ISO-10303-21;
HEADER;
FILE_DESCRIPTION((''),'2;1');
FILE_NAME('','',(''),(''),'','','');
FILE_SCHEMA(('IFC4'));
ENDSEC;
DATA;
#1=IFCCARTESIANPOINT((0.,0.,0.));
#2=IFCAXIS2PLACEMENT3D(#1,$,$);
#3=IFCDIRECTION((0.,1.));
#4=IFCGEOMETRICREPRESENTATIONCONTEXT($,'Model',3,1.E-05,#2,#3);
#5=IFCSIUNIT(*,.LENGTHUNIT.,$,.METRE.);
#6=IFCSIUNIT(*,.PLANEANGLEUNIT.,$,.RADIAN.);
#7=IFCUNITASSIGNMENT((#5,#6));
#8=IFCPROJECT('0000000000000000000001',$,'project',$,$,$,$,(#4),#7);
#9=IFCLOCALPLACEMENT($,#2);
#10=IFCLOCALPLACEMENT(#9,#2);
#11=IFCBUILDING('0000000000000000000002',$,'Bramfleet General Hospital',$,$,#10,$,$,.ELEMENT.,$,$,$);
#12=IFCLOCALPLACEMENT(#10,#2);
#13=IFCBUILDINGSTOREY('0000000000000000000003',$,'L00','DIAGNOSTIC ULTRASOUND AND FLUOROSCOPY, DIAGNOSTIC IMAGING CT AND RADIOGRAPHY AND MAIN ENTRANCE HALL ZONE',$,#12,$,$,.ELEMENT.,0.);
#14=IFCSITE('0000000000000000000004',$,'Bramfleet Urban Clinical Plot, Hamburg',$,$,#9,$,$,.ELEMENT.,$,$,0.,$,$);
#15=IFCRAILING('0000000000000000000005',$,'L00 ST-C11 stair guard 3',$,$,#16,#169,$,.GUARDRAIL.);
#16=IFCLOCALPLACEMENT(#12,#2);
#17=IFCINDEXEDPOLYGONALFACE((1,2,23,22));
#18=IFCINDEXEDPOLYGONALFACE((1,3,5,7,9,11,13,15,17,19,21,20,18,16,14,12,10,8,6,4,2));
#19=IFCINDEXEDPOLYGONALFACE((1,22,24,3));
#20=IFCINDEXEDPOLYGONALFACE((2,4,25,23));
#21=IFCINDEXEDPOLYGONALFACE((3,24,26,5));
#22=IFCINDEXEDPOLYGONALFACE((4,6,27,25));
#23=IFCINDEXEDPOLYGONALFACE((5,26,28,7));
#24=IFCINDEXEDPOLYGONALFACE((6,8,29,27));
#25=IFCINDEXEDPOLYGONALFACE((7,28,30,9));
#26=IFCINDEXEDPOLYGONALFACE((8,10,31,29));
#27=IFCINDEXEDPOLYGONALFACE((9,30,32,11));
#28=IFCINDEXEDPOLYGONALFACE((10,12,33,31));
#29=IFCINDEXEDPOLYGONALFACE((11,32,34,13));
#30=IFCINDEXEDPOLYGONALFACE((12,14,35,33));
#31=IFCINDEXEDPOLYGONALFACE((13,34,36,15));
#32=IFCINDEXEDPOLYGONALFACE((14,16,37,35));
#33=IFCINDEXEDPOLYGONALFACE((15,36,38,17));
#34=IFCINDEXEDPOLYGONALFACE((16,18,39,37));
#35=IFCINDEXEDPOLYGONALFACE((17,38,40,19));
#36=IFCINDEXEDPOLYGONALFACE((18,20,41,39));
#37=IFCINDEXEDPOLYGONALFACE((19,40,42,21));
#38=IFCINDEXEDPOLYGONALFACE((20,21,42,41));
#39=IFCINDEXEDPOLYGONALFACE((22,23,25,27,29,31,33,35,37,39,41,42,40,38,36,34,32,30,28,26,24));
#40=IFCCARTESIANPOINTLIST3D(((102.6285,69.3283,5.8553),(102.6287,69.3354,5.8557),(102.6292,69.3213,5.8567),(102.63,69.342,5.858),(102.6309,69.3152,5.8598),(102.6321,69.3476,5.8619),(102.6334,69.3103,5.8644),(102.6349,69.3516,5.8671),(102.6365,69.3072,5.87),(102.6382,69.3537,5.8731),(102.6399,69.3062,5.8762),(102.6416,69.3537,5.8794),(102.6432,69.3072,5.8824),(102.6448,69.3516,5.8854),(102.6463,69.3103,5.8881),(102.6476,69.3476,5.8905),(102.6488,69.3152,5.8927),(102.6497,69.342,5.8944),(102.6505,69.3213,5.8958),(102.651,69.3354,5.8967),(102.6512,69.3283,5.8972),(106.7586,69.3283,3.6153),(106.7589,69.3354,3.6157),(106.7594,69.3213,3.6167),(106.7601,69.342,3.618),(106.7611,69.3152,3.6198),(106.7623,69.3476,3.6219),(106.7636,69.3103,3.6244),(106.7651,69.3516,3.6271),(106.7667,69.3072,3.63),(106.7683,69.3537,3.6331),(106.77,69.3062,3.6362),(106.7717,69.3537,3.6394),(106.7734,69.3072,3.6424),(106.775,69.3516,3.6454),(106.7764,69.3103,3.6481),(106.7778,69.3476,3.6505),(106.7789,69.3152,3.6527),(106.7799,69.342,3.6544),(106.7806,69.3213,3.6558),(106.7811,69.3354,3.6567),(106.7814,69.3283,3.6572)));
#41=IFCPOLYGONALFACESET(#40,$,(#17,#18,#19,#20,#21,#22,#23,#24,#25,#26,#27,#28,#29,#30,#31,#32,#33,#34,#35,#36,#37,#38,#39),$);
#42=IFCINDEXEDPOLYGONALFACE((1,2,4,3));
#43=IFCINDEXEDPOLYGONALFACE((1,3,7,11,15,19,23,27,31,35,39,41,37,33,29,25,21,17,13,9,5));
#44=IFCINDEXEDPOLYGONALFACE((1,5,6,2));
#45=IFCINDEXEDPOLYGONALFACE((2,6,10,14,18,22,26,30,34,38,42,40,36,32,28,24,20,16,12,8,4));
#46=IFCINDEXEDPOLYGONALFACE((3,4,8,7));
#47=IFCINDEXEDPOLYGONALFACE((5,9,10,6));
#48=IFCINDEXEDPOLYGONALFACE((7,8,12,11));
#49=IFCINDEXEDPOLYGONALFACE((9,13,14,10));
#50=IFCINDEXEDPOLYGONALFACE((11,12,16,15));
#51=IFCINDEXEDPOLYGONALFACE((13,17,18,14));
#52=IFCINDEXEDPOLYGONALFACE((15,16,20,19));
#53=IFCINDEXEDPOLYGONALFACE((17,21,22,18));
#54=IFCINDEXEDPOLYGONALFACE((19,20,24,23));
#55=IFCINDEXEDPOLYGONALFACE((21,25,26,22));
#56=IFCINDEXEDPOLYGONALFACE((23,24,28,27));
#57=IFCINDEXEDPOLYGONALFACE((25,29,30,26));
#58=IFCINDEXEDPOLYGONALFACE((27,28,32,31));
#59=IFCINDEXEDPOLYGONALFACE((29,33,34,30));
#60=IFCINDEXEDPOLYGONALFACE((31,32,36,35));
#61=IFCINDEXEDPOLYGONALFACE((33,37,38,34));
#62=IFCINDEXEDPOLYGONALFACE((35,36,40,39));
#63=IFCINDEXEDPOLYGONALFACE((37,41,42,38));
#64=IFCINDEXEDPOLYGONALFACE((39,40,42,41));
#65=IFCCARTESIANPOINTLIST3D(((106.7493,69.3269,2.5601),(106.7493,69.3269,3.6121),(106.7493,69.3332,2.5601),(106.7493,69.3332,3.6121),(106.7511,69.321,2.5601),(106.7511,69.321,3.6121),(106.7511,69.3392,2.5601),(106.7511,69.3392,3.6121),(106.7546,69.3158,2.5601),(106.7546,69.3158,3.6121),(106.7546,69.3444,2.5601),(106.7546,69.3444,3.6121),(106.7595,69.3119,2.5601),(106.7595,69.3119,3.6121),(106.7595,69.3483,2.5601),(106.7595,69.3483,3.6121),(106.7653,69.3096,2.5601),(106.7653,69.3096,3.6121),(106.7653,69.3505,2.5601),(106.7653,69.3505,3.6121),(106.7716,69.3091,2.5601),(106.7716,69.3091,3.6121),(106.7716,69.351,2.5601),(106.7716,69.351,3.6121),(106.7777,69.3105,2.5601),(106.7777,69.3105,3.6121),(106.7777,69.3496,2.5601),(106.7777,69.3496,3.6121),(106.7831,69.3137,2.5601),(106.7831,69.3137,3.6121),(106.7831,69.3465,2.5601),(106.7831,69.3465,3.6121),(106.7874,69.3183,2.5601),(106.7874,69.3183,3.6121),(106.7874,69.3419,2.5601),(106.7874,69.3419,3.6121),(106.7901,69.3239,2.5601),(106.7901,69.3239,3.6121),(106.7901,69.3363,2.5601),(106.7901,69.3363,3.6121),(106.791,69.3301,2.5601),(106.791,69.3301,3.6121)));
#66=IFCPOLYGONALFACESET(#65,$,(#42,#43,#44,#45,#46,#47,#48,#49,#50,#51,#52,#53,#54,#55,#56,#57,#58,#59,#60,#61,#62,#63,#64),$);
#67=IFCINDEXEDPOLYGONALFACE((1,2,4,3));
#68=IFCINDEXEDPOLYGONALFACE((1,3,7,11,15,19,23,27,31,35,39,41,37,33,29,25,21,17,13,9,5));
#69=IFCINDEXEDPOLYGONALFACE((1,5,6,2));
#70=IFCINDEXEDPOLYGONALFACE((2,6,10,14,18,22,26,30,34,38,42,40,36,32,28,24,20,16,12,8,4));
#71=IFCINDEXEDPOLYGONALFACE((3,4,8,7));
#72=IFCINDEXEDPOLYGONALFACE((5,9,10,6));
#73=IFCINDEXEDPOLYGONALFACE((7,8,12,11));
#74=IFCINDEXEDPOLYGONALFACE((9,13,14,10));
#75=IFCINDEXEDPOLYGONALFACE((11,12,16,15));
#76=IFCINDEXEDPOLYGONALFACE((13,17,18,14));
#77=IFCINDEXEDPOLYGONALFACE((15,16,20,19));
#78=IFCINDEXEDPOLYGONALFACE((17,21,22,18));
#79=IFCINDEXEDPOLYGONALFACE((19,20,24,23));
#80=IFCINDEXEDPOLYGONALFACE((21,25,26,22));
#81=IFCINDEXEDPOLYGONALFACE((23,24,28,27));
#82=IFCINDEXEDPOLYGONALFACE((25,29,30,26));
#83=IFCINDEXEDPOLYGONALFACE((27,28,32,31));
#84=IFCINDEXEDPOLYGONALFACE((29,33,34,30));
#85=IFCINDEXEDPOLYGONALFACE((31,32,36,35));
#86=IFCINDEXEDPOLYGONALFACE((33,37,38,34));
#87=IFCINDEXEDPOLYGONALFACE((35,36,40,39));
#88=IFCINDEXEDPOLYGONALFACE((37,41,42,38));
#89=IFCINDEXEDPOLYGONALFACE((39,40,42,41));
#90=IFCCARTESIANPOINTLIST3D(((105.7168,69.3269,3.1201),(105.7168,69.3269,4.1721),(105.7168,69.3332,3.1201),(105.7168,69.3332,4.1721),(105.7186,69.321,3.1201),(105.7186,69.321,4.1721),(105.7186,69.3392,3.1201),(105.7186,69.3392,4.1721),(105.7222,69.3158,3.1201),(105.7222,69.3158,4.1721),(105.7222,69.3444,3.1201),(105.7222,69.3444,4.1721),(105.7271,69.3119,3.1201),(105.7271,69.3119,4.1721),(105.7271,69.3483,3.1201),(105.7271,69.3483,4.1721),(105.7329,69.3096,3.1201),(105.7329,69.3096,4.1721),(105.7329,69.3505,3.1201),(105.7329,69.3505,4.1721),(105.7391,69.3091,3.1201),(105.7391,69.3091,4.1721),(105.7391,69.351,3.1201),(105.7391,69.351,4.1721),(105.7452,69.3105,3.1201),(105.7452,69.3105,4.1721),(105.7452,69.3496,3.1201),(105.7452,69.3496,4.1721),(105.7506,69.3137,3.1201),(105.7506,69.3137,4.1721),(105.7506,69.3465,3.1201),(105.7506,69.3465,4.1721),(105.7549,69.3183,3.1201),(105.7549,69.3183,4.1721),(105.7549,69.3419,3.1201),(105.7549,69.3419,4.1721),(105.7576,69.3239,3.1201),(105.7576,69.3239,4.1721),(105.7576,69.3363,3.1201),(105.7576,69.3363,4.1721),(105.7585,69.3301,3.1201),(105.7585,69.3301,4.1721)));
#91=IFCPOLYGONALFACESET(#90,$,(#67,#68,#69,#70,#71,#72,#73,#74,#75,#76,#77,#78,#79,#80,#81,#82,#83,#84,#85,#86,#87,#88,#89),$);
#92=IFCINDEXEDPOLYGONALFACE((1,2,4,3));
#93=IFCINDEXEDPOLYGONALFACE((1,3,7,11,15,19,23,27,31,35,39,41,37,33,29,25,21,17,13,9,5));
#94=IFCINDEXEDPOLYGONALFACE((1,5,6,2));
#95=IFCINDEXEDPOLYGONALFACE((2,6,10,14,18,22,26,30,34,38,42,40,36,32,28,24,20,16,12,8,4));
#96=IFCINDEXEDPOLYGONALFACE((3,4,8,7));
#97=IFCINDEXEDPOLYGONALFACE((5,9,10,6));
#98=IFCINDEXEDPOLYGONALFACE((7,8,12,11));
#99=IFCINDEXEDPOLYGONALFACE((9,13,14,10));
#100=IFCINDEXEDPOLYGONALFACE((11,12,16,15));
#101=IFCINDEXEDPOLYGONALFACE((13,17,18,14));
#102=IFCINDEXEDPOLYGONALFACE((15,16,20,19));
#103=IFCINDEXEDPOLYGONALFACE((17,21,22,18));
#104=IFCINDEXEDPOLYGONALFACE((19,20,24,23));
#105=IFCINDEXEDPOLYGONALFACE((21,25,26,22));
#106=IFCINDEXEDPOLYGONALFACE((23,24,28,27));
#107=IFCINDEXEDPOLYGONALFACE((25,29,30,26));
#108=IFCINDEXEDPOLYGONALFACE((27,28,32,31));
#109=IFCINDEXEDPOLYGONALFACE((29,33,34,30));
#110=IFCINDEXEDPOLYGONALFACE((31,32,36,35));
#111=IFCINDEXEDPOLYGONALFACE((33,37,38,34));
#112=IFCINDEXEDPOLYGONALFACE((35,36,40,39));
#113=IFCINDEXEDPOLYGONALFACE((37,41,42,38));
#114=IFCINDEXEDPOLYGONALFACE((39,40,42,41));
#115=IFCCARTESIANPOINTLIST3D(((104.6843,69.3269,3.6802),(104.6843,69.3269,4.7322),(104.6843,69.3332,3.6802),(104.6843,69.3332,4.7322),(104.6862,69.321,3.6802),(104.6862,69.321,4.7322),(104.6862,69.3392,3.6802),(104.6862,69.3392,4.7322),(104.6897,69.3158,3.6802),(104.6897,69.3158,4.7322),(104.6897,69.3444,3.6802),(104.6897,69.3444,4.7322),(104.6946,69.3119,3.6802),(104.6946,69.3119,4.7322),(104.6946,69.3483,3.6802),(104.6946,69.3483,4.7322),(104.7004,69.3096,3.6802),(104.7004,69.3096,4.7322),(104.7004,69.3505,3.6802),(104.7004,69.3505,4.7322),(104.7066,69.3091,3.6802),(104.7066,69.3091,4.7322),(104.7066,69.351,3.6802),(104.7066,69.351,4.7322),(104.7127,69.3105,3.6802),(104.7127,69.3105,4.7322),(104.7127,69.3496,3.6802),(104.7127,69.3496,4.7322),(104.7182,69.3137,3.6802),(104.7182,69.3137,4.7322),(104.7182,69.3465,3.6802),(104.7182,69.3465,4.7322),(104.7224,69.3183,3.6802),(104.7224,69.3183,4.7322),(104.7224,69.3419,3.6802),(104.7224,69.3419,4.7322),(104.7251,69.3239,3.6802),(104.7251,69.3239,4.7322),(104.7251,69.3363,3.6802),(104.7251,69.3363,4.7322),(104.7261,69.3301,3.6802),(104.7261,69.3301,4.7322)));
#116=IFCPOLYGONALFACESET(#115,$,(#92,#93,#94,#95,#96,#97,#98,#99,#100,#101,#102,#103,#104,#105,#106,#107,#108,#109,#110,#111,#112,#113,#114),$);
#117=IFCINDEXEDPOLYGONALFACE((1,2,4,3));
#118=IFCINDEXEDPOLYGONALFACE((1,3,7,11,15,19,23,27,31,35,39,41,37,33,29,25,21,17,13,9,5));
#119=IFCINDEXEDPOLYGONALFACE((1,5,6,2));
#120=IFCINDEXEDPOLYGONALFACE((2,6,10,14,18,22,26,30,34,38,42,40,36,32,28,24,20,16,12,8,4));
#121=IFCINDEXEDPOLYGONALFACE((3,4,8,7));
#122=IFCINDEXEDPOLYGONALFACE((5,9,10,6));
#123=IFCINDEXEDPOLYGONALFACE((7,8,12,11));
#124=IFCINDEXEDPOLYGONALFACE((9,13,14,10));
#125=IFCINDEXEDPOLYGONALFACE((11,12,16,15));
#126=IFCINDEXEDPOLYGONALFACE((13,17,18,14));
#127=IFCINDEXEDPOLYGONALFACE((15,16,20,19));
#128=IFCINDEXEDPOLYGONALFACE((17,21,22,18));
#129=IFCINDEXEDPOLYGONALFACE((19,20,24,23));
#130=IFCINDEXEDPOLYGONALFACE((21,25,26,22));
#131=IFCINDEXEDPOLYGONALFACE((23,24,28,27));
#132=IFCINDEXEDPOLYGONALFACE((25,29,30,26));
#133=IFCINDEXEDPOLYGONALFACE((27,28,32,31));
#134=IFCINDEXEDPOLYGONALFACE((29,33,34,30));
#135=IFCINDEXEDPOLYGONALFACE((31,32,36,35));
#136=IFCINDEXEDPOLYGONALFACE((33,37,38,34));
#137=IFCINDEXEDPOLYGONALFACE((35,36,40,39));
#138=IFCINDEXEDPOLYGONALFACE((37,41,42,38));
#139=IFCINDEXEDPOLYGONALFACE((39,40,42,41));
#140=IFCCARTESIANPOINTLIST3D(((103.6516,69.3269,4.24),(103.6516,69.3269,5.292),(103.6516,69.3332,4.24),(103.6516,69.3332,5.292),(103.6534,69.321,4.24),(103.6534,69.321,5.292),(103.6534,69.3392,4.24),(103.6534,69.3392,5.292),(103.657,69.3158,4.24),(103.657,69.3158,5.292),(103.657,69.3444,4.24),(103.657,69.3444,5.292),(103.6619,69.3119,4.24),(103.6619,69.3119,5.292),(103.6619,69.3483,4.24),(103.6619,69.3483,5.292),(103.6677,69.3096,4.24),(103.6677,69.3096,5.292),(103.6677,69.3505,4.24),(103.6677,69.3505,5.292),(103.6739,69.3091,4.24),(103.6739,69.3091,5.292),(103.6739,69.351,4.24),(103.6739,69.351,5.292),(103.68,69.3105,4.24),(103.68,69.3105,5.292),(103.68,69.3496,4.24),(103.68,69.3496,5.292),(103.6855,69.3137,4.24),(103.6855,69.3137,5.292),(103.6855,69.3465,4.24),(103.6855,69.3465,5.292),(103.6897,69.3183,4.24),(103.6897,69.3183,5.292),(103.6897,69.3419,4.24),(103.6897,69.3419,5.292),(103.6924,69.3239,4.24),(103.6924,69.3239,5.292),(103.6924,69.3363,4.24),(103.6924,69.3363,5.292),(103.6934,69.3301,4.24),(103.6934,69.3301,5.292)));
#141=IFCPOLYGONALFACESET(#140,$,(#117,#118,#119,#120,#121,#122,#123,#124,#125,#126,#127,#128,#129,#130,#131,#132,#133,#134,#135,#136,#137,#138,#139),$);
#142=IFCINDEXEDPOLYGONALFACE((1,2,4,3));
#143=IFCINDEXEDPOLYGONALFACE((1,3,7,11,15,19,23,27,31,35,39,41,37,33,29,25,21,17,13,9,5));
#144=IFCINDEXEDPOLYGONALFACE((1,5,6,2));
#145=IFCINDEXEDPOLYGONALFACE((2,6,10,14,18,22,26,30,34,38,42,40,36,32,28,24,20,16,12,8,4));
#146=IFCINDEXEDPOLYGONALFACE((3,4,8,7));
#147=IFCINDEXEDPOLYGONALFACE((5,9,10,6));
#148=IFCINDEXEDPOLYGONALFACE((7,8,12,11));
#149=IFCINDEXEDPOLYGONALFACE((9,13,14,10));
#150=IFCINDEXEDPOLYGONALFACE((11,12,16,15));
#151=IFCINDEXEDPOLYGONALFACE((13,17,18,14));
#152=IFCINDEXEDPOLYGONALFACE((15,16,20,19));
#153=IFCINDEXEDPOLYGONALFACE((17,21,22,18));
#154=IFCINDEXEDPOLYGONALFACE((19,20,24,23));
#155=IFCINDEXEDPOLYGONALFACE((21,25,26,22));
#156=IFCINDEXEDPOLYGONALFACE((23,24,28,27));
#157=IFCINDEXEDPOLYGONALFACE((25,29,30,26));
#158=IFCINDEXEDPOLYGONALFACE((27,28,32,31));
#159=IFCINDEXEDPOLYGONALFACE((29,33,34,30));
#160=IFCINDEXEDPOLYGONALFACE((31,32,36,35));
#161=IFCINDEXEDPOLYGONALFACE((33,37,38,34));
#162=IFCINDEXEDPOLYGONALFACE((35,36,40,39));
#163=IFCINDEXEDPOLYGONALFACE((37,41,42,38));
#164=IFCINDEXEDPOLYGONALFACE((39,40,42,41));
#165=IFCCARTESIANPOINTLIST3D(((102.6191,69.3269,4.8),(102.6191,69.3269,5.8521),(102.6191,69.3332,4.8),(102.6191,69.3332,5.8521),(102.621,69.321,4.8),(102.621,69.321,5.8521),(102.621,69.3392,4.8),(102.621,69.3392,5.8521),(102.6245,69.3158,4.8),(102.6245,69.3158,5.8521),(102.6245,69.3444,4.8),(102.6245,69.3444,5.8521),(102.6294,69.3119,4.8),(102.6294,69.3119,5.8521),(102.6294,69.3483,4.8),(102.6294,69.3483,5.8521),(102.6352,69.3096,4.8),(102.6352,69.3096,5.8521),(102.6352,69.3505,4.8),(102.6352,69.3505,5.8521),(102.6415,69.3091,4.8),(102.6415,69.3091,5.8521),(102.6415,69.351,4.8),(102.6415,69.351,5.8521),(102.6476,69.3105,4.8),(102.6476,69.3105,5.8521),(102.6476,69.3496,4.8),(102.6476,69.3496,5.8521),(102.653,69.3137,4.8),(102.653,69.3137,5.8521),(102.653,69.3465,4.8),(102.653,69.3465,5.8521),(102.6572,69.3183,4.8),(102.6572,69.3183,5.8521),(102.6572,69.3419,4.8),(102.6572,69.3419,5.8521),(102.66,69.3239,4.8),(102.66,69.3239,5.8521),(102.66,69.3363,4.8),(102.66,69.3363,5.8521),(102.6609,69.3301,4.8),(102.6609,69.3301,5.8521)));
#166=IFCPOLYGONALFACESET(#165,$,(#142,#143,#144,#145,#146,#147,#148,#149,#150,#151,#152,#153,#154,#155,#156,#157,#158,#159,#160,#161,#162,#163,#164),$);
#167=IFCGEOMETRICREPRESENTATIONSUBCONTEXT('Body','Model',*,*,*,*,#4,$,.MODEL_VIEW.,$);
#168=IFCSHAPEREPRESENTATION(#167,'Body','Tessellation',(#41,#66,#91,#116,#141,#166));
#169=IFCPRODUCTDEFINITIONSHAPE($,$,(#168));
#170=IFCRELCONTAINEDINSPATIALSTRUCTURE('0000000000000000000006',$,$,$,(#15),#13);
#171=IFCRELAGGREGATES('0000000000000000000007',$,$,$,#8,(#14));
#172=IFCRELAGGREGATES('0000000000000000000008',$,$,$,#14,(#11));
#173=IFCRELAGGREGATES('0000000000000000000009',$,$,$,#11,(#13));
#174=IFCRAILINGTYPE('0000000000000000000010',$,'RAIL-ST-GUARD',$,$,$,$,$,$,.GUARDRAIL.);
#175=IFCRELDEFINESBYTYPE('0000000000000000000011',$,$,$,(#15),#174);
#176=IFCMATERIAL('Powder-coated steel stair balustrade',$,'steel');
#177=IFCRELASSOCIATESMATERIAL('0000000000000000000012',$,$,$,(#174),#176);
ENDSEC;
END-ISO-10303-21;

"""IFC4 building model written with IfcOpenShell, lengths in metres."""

from ifc_helpers import new_model, si_unit, direction, frame, origin, origin_2d, place, context, subcontext, project, spatial, circle, extrude, material, type_object, element, save


model = new_model("IFC4")

# Units and contexts
model_context = context("Model", 3, precision=1e-05, world=origin(), true_north=direction((0.0, 1.0)))
body_context = subcontext(model_context, "Body", "Model", "MODEL_VIEW")
ifc_project = project(units=[si_unit("LENGTHUNIT", "METRE"), si_unit("PLANEANGLEUNIT", "RADIAN")], contexts=[model_context])

# Site, building, storey
site_placement = place(None, origin())
site = spatial("IfcSite", under=ifc_project, at=site_placement, Name="Bramfleet Urban Clinical Plot, Hamburg", CompositionType="ELEMENT", RefElevation=0.0)
building_placement = place(site_placement, origin())
building = spatial("IfcBuilding", under=site, at=building_placement, Name="Bramfleet General Hospital", CompositionType="ELEMENT")
storey_placement = place(building_placement, origin())
storey = spatial("IfcBuildingStorey", under=building, at=storey_placement, Name="L00", Description="DIAGNOSTIC ULTRASOUND AND FLUOROSCOPY, DIAGNOSTIC IMAGING CT AND RADIOGRAPHY AND MAIN ENTRANCE HALL ZONE", CompositionType="ELEMENT", Elevation=0.0)

# Railing
ifc_material_1 = material(Name="Powder-coated steel stair balustrade", Category="steel")
railing_type_1 = type_object("IfcRailingType", Name="RAIL-ST-GUARD", PredefinedType="GUARDRAIL", material=ifc_material_1)
railing_1_placement = place(storey_placement, frame((106.77, 69.3301, 2.5601)))
element("IfcRailing", 1, at=railing_1_placement, inside=storey, type_object=railing_type_1, Name="L00 ST-C11 stair guard 3", PredefinedType="GUARDRAIL", context=body_context, shape_type="SweptSolid", body=[
    extrude(circle(Radius=0.0239, at=origin_2d()), frame((0.0, 0.0, 1.0762), z_axis=(-0.879039, 0.0, 0.47675), x_axis=(0.0, -1.0, 0.0)), (0.0, 0.0, 1.0), 4.6985),
    extrude(circle(Radius=0.021, at=origin_2d()), origin(), (0.0, 0.0, 1.0), 1.052),
    extrude(circle(Radius=0.021, at=origin_2d()), frame((-1.0325, 0.0, 0.5601)), (0.0, 0.0, 1.0), 1.052),
    extrude(circle(Radius=0.021, at=origin_2d()), frame((-2.0649, 0.0, 1.1201)), (0.0, 0.0, 1.0), 1.052),
    extrude(circle(Radius=0.021, at=origin_2d()), frame((-3.0977, 0.0, 1.6799)), (0.0, 0.0, 1.0), 1.052),
    extrude(circle(Radius=0.021, at=origin_2d()), frame((-4.1301, 0.0, 2.24)), (0.0, 0.0, 1.0), 1.052),
])

save(model, "model.ifc")
